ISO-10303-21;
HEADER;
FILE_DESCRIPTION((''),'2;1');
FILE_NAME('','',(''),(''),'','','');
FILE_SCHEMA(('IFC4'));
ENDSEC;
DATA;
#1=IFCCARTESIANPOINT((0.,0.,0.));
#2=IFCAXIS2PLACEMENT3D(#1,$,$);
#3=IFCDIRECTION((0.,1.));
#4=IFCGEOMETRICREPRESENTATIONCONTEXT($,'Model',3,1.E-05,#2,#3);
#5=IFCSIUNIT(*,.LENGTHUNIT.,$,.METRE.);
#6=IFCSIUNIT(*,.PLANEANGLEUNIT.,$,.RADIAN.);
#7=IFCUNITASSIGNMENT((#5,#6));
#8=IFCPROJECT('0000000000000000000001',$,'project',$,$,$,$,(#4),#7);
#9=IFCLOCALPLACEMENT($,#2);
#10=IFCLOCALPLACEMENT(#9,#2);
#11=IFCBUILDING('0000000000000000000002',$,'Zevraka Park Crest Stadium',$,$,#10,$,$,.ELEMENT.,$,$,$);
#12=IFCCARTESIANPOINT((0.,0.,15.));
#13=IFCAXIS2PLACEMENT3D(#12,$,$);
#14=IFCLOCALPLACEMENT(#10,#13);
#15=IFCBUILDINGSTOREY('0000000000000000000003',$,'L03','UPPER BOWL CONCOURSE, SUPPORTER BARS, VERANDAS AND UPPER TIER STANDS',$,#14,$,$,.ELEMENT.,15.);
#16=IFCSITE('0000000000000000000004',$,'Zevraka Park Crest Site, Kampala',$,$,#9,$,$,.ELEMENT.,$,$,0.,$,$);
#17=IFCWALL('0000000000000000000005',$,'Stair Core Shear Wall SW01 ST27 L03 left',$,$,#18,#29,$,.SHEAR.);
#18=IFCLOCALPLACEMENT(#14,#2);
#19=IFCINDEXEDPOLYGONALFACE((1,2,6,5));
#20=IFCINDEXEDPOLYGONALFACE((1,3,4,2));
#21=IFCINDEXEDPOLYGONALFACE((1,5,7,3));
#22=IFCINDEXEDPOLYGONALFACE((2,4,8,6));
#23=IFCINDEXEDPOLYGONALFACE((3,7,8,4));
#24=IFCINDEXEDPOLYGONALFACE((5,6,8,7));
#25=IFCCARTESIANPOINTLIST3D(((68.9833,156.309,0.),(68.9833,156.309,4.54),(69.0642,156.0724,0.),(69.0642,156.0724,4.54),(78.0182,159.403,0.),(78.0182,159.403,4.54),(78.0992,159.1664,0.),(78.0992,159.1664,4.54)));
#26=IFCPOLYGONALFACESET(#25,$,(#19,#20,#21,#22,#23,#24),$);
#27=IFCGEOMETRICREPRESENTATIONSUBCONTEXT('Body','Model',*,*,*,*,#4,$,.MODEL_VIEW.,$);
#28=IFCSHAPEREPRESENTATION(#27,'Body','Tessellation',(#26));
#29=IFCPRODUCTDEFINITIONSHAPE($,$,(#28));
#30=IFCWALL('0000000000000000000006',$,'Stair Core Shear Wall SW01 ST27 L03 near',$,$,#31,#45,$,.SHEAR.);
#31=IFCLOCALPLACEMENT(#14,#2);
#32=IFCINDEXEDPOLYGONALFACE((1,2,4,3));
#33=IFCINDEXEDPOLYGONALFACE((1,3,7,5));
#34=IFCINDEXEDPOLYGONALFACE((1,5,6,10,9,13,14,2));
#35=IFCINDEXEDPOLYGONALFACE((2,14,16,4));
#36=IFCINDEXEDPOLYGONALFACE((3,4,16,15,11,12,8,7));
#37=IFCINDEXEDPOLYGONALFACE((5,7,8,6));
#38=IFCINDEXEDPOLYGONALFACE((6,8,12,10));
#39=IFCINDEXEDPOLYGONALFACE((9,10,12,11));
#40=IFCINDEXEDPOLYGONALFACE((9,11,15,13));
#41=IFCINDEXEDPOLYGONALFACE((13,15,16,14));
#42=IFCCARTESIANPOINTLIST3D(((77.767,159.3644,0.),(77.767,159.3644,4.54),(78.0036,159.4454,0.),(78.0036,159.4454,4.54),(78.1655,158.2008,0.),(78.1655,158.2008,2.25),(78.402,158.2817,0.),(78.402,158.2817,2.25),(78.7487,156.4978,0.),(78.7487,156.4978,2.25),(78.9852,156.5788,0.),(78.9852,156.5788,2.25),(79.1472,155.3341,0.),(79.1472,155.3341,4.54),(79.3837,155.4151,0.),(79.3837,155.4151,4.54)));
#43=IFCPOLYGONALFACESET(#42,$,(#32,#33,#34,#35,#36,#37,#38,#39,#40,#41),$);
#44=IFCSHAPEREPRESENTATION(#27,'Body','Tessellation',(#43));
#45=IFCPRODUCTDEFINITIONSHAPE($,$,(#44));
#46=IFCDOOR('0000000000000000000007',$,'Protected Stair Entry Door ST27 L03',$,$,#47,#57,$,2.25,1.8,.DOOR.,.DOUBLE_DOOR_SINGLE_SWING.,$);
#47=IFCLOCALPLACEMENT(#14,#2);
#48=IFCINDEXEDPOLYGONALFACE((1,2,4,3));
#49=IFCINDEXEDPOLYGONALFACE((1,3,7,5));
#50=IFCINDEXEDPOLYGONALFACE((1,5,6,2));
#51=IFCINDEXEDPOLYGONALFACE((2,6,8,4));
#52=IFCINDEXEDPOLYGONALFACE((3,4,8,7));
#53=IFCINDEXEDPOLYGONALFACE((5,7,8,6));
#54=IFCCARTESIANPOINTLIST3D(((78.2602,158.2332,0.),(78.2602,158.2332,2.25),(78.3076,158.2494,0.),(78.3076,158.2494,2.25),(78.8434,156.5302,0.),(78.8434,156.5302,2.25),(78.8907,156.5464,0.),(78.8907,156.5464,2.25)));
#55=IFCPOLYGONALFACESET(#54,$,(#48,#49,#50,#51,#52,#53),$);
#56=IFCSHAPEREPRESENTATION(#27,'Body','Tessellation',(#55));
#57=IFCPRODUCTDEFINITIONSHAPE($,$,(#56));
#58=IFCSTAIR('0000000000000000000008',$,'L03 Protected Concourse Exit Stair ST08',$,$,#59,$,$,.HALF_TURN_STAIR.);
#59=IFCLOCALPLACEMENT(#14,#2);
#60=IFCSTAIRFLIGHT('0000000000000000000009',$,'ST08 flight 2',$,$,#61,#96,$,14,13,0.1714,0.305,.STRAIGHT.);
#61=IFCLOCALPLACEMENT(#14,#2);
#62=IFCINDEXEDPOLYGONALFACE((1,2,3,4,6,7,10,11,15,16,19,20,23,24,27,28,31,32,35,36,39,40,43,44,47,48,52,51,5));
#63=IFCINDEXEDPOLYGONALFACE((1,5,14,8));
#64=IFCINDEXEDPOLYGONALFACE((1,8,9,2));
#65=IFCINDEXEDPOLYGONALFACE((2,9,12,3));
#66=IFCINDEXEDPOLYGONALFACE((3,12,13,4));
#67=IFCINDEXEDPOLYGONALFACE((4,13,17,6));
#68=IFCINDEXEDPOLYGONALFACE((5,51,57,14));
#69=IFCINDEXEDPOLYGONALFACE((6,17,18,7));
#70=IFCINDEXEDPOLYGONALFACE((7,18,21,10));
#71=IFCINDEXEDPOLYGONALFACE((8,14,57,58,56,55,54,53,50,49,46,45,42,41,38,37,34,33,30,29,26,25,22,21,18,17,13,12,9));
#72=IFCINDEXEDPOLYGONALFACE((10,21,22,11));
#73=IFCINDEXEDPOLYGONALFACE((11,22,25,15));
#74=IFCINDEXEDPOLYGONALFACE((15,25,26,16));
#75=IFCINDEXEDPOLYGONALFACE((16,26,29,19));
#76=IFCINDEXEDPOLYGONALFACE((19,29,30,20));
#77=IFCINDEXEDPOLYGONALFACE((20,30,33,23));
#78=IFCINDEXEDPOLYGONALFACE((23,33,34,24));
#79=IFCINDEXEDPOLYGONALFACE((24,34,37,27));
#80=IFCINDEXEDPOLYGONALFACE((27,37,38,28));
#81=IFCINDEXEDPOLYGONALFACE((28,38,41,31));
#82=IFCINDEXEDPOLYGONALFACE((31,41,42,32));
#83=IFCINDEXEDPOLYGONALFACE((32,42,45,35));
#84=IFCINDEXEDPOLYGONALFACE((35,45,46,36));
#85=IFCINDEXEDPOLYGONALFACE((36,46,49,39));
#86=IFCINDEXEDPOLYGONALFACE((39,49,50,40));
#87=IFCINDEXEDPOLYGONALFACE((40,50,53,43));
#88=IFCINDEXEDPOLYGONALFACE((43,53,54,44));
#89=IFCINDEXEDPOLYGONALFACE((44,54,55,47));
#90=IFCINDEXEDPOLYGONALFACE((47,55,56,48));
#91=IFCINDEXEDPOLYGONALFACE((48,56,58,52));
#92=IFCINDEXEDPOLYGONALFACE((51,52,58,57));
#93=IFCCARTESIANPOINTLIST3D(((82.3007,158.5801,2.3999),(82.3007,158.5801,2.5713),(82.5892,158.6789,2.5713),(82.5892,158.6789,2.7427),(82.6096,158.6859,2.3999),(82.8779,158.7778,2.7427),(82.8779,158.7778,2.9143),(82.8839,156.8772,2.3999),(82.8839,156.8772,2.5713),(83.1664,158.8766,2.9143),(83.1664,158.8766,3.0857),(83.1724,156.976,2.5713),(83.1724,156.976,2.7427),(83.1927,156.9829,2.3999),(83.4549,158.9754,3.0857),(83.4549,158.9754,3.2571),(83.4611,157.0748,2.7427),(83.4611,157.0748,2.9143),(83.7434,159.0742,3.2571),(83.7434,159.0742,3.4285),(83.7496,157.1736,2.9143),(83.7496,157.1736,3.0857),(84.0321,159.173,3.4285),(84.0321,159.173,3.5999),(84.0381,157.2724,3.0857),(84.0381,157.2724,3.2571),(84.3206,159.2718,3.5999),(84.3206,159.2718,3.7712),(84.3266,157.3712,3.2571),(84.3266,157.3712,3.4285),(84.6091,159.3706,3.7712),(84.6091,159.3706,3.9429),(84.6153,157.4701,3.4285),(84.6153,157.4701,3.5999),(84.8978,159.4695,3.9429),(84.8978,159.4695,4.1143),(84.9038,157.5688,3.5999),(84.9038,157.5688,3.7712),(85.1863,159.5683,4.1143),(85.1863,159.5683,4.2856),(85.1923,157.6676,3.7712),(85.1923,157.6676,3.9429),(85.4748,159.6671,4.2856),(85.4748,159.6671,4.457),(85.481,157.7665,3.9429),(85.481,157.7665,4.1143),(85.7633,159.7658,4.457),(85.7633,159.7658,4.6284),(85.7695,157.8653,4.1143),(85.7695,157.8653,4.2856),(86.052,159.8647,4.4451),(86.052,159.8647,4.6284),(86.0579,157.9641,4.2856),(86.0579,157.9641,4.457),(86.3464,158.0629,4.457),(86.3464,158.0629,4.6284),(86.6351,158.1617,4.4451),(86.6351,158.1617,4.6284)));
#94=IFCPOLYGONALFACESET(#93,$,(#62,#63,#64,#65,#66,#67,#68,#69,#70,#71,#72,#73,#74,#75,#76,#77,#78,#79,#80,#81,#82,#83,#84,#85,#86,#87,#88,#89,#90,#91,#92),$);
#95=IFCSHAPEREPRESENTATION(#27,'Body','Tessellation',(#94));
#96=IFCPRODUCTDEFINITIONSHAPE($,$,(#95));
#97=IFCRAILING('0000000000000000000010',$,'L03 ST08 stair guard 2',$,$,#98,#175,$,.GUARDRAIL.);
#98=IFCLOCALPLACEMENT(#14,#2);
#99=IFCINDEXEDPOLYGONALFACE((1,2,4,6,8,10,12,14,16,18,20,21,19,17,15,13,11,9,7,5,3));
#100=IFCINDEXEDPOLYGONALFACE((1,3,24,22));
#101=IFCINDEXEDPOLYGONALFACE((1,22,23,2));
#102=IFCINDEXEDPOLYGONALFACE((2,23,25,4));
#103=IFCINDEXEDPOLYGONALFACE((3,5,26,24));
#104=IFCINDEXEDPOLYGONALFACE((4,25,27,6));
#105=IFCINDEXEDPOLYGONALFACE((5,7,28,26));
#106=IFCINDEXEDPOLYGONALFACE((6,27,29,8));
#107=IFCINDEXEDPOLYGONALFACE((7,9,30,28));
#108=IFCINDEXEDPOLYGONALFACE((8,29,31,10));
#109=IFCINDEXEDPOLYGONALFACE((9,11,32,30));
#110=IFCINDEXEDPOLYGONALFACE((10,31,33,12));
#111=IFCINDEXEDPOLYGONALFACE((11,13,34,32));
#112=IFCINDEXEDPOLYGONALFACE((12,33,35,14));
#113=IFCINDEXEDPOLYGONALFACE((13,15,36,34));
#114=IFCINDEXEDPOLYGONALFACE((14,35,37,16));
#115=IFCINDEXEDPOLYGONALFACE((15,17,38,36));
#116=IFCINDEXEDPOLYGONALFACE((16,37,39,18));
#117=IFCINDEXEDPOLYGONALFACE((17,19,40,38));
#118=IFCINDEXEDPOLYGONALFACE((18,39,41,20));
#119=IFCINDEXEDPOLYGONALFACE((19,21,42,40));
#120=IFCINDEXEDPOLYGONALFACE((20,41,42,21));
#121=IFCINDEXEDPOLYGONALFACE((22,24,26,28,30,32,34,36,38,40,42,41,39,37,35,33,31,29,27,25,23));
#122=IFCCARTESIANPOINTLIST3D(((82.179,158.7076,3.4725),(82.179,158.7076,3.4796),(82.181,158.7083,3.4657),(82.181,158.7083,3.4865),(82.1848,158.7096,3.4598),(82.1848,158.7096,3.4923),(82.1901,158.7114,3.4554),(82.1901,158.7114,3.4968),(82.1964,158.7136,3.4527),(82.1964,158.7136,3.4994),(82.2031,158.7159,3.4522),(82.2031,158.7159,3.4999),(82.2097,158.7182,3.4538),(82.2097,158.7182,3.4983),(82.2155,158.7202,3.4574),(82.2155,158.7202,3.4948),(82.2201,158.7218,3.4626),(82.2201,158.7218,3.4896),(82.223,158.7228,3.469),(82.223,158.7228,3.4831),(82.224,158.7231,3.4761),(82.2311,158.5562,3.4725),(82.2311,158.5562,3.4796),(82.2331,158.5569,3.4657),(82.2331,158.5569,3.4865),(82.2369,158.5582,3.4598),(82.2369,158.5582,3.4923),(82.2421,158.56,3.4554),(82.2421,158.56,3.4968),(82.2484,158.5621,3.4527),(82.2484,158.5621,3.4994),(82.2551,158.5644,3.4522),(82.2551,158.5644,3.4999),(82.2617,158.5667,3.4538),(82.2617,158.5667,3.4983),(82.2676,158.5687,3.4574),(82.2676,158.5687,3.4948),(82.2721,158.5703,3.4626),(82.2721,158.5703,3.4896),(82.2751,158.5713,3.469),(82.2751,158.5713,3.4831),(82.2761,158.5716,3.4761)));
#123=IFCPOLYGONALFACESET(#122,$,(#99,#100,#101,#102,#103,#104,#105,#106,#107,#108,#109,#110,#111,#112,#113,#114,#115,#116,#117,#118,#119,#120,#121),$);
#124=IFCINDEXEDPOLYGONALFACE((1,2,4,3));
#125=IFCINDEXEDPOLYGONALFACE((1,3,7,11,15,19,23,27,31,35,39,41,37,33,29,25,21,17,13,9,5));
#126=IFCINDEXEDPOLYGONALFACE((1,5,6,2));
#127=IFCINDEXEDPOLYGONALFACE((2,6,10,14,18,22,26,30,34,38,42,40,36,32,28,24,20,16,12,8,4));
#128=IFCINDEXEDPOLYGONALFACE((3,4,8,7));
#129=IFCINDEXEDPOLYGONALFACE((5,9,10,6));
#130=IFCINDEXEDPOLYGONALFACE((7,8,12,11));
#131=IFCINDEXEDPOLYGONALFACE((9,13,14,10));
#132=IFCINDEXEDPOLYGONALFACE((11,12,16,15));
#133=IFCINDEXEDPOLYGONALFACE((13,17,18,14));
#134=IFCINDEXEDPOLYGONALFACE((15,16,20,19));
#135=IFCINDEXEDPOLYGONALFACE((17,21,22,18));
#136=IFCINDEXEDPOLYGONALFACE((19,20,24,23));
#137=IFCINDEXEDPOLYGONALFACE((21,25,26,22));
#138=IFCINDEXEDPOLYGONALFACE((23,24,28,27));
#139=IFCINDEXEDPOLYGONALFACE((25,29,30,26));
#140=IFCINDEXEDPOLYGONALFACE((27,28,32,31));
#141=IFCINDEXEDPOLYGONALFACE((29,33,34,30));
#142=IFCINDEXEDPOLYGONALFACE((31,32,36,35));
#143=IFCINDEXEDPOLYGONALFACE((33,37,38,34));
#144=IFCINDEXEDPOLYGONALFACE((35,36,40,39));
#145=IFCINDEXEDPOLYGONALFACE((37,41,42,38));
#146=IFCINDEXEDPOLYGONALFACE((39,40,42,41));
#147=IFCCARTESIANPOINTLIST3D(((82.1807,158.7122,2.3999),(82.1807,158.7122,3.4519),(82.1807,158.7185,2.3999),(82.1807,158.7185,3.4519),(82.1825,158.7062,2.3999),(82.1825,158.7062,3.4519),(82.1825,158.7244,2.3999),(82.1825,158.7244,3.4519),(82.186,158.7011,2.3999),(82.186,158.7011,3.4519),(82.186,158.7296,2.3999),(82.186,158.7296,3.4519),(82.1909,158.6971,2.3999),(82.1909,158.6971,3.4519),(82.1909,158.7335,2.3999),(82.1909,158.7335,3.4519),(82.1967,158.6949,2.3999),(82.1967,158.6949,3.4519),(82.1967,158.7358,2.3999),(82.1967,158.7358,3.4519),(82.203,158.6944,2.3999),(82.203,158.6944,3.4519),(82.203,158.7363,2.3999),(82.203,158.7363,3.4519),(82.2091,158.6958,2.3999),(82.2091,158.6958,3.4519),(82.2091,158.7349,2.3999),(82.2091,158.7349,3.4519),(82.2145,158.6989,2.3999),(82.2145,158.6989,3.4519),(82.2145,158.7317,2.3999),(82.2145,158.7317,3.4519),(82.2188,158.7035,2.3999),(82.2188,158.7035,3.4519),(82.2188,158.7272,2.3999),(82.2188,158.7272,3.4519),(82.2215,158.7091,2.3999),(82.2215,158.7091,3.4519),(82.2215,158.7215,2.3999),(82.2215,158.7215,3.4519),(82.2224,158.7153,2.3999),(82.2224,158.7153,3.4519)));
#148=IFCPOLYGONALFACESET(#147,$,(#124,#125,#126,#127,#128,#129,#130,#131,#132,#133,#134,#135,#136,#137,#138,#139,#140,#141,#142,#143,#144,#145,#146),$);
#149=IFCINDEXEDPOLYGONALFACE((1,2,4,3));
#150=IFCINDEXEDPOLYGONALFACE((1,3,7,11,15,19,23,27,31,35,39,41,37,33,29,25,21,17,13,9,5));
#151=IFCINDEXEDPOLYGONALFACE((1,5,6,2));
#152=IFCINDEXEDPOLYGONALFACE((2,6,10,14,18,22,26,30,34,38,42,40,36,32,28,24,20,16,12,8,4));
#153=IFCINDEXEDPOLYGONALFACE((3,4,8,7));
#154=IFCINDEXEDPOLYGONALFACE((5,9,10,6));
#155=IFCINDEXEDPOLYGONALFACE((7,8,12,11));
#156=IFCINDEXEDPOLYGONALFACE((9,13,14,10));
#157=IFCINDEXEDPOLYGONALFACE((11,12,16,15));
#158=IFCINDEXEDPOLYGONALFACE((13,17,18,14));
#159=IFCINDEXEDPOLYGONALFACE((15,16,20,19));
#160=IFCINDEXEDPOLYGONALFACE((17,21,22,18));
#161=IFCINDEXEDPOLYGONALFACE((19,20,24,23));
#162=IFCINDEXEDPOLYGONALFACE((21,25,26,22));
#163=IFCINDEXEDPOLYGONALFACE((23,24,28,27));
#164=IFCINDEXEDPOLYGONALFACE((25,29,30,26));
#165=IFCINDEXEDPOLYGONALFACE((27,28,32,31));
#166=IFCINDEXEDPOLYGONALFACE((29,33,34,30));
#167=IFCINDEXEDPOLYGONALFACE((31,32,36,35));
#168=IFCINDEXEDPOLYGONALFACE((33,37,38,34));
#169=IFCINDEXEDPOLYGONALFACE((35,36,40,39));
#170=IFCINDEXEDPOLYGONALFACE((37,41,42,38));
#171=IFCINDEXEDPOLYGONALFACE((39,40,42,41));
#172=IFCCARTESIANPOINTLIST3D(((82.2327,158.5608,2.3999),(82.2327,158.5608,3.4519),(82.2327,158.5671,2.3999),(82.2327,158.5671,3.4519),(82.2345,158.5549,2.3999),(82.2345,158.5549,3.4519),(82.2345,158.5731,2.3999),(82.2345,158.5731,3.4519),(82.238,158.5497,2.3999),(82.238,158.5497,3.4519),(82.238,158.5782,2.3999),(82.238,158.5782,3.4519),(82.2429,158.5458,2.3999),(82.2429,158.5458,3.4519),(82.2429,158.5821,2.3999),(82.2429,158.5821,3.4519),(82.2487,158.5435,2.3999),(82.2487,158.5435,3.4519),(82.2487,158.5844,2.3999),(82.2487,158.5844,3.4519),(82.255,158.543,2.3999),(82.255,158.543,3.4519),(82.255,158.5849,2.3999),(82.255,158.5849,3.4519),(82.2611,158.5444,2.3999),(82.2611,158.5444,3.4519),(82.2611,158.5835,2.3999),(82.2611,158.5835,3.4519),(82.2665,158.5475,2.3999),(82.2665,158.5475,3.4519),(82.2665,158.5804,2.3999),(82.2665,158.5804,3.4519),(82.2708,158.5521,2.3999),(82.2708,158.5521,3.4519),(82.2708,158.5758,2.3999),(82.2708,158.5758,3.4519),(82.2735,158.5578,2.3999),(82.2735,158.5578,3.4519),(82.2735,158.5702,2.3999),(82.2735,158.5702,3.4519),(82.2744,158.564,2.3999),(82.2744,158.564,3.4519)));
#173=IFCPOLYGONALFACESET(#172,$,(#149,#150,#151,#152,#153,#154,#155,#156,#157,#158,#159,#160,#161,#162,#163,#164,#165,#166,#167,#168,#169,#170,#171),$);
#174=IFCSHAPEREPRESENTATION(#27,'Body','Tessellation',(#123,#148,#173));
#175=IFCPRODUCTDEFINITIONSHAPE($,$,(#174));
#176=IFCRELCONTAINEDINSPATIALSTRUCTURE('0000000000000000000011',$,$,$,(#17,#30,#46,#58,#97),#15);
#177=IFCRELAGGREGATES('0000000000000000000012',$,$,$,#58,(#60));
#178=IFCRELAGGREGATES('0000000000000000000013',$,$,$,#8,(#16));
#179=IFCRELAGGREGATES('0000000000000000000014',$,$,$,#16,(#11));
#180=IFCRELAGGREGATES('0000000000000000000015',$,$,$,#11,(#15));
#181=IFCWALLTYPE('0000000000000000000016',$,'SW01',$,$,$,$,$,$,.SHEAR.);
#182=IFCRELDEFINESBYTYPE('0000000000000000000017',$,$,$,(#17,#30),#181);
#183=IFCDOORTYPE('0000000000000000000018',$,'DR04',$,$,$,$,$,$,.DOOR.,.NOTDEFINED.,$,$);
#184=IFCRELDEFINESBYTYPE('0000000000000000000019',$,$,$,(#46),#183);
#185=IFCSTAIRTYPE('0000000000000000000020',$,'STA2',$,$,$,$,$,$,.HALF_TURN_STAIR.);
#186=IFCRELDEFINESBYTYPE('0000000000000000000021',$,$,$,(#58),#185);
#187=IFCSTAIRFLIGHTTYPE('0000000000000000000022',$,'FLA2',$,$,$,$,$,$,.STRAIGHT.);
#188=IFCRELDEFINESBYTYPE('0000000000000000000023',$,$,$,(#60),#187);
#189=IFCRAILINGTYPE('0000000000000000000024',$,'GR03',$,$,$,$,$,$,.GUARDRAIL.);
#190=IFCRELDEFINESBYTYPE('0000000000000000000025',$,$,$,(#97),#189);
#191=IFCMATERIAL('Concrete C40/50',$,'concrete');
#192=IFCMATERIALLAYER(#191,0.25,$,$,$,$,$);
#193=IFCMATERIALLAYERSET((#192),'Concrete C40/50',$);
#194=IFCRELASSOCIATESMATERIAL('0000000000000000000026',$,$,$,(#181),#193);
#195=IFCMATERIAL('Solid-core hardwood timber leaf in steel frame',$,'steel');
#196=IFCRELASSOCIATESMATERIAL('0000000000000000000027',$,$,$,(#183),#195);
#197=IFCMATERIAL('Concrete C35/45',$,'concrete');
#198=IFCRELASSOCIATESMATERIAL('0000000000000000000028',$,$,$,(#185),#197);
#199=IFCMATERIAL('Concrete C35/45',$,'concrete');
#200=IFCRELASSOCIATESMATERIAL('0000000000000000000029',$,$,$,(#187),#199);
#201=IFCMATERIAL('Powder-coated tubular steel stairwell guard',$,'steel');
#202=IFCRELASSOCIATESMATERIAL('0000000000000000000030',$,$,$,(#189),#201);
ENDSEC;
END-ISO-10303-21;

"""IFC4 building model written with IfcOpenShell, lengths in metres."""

from ifc_helpers import new_model, si_unit, direction, frame, frame_2d, origin, origin_2d, place, context, subcontext, project, spatial, polyline, rectangle, circle, outline, extrude, material, layer, layer_set, type_object, element, fill, aggregate, save


model = new_model("IFC4")

# Units and contexts
model_context = context("Model", 3, precision=1e-05, world=origin(), true_north=direction((0.0, 1.0)))
body_context = subcontext(model_context, "Body", "Model", "MODEL_VIEW")
ifc_project = project(units=[si_unit("LENGTHUNIT", "METRE"), si_unit("PLANEANGLEUNIT", "RADIAN")], contexts=[model_context])

# Site, building, storey
site_placement = place(None, origin())
site = spatial("IfcSite", under=ifc_project, at=site_placement, Name="Zevraka Park Crest Site, Kampala", CompositionType="ELEMENT", RefElevation=0.0)
building_placement = place(site_placement, origin())
building = spatial("IfcBuilding", under=site, at=building_placement, Name="Zevraka Park Crest Stadium", CompositionType="ELEMENT")
storey_placement = place(building_placement, frame((0.0, 0.0, 15.0)))
storey = spatial("IfcBuildingStorey", under=building, at=storey_placement, Name="L03", Description="UPPER BOWL CONCOURSE, SUPPORTER BARS, VERANDAS AND UPPER TIER STANDS", CompositionType="ELEMENT", Elevation=15.0)

# Wall
ifc_material_1 = material(Name="Concrete C40/50", Category="concrete")
ifc_layer_1 = layer(ifc_material_1, 0.25)
ifc_layer_set_1 = layer_set([ifc_layer_1], Name="Concrete C40/50")
wall_type = type_object("IfcWallType", Name="SW01", PredefinedType="SHEAR", material=ifc_layer_set_1)
wall_1_placement = place(storey_placement, frame((78.0586, 159.2847, 0.0), z_axis=(0.0, 0.0, 1.0), x_axis=(-0.946064, -0.323979, 0.0)))
element("IfcWall", 1, at=wall_1_placement, inside=storey, type_object=wall_type, Name="Stair Core Shear Wall SW01 ST27 L03 left", PredefinedType="SHEAR", context=body_context, shape_type="SweptSolid", body=[
    extrude(rectangle(XDim=9.55, YDim=0.25, at=frame_2d((4.7749, 0.0))), origin(), (0.0, 0.0, 1.0), 4.54),
])

# Wall, opening, door
wall_2_placement = place(storey_placement, frame((79.2654, 155.3748, 0.0), z_axis=(0.0, 0.0, 1.0), x_axis=(-0.323971, 0.946067, 0.0)))
wall_2 = element("IfcWall", 2, at=wall_2_placement, inside=storey, type_object=wall_type, Name="Stair Core Shear Wall SW01 ST27 L03 near", PredefinedType="SHEAR", context=body_context, shape_type="SweptSolid", body=[
    extrude(rectangle(XDim=4.26, YDim=0.25, at=frame_2d((2.1299, 0.0))), origin(), (0.0, 0.0, 1.0), 4.54),
])
opening_placement = place(wall_2_placement, frame((1.23, 0.0, 0.0)))
opening = element("IfcOpeningElement", 3, at=opening_placement, cuts=wall_2, PredefinedType="OPENING", context=body_context, shape_type="SweptSolid", body=[
    extrude(rectangle(XDim=1.8, YDim=2.25, at=frame_2d((0.8999, 1.125))), frame((0.0, 0.135, 0.0), z_axis=(0.0, -1.0, 0.0), x_axis=(1.0, 0.0, 0.0)), (0.0, 0.0, 1.0), 0.27),
])
ifc_material_2 = material(Name="Solid-core hardwood timber leaf in steel frame", Category="steel")
door_type = type_object("IfcDoorType", Name="DR04", OperationType="NOTDEFINED", PredefinedType="DOOR", material=ifc_material_2)
door_placement = place(opening_placement, origin())
door = element("IfcDoor", 4, at=door_placement, inside=storey, type_object=door_type, Name="Protected Stair Entry Door ST27 L03", OperationType="DOUBLE_DOOR_SINGLE_SWING", OverallHeight=2.25, OverallWidth=1.8, PredefinedType="DOOR", context=body_context, shape_type="SweptSolid", body=[
    extrude(rectangle(XDim=1.8, YDim=2.25, at=frame_2d((0.8999, 1.125))), frame((0.0, 0.0249, 0.0), z_axis=(0.0, -1.0, 0.0), x_axis=(1.0, 0.0, 0.0)), (0.0, 0.0, 1.0), 0.05),
])
fill(opening, door)

# Stair, stair flight
ifc_material_3 = material(Name="Concrete C35/45", Category="concrete")
stair_type = type_object("IfcStairType", Name="STA2", PredefinedType="HALF_TURN_STAIR", material=ifc_material_3)
stair_placement = place(storey_placement, origin())
stair = element("IfcStair", 5, at=stair_placement, inside=storey, type_object=stair_type, Name="L03 Protected Concourse Exit Stair ST08", PredefinedType="HALF_TURN_STAIR")
ifc_material_4 = material(Name="Concrete C35/45", Category="concrete")
stair_flight_type = type_object("IfcStairFlightType", Name="FLA2", PredefinedType="STRAIGHT", material=ifc_material_4)
stair_flight_placement = place(storey_placement, frame((82.5923, 157.7288, 2.3999), z_axis=(0.0, 0.0, 1.0), x_axis=(0.946066, 0.323974, 0.0)))
stair_flight = element("IfcStairFlight", 6, at=stair_flight_placement, type_object=stair_flight_type, Name="ST08 flight 2", NumberOfRisers=14, NumberOfTreads=13, PredefinedType="STRAIGHT", RiserHeight=0.1714, TreadLength=0.305, context=body_context, shape_type="SweptSolid", body=[
    extrude(outline(polyline([(0.0, 0.0), (0.0, 0.1714), (0.3049, 0.1714), (0.3049, 0.3428), (0.6101, 0.3428), (0.6101, 0.5144), (0.915, 0.5144), (0.915, 0.6858), (1.22, 0.6858), (1.22, 0.8572), (1.5249, 0.8572), (1.5249, 1.0286), (1.8301, 1.0286), (1.8301, 1.2), (2.135, 1.2), (2.135, 1.3713), (2.4399, 1.3713), (2.4399, 1.543), (2.7451, 1.543), (2.7451, 1.7144), (3.05, 1.7144), (3.05, 1.8857), (3.355, 1.8857), (3.355, 2.0571), (3.6599, 2.0571), (3.6599, 2.2285), (3.9651, 2.2285), (3.9651, 2.3999), (3.9651, 2.0452), (0.3264, 0.0), (0.0, 0.0)])), frame((0.0, 0.8999, 0.0), z_axis=(0.0, -1.0, 0.0), x_axis=(1.0, 0.0, 0.0)), (0.0, 0.0, 1.0), 1.8),
])
aggregate(stair, [stair_flight])

# Railing
ifc_material_5 = material(Name="Powder-coated tubular steel stairwell guard", Category="steel")
railing_type_1 = type_object("IfcRailingType", Name="GR03", PredefinedType="GUARDRAIL", material=ifc_material_5)
railing_1_placement = place(storey_placement, frame((82.2014, 158.7153, 2.3999)))
element("IfcRailing", 7, at=railing_1_placement, inside=storey, type_object=railing_type_1, Name="L03 ST08 stair guard 2", PredefinedType="GUARDRAIL", context=body_context, shape_type="SweptSolid", body=[
    extrude(circle(Radius=0.0239, at=origin_2d()), frame((0.0, 0.0, 1.0762), z_axis=(0.324909, -0.945745, 0.0), x_axis=(0.945745, 0.324909, 0.0)), (0.0, 0.0, 1.0), 0.1602),
    extrude(circle(Radius=0.021, at=origin_2d()), origin(), (0.0, 0.0, 1.0), 1.052),
    extrude(circle(Radius=0.021, at=origin_2d()), frame((0.052, -0.1514, 0.0)), (0.0, 0.0, 1.0), 1.052),
])

save(model, "model.ifc")
